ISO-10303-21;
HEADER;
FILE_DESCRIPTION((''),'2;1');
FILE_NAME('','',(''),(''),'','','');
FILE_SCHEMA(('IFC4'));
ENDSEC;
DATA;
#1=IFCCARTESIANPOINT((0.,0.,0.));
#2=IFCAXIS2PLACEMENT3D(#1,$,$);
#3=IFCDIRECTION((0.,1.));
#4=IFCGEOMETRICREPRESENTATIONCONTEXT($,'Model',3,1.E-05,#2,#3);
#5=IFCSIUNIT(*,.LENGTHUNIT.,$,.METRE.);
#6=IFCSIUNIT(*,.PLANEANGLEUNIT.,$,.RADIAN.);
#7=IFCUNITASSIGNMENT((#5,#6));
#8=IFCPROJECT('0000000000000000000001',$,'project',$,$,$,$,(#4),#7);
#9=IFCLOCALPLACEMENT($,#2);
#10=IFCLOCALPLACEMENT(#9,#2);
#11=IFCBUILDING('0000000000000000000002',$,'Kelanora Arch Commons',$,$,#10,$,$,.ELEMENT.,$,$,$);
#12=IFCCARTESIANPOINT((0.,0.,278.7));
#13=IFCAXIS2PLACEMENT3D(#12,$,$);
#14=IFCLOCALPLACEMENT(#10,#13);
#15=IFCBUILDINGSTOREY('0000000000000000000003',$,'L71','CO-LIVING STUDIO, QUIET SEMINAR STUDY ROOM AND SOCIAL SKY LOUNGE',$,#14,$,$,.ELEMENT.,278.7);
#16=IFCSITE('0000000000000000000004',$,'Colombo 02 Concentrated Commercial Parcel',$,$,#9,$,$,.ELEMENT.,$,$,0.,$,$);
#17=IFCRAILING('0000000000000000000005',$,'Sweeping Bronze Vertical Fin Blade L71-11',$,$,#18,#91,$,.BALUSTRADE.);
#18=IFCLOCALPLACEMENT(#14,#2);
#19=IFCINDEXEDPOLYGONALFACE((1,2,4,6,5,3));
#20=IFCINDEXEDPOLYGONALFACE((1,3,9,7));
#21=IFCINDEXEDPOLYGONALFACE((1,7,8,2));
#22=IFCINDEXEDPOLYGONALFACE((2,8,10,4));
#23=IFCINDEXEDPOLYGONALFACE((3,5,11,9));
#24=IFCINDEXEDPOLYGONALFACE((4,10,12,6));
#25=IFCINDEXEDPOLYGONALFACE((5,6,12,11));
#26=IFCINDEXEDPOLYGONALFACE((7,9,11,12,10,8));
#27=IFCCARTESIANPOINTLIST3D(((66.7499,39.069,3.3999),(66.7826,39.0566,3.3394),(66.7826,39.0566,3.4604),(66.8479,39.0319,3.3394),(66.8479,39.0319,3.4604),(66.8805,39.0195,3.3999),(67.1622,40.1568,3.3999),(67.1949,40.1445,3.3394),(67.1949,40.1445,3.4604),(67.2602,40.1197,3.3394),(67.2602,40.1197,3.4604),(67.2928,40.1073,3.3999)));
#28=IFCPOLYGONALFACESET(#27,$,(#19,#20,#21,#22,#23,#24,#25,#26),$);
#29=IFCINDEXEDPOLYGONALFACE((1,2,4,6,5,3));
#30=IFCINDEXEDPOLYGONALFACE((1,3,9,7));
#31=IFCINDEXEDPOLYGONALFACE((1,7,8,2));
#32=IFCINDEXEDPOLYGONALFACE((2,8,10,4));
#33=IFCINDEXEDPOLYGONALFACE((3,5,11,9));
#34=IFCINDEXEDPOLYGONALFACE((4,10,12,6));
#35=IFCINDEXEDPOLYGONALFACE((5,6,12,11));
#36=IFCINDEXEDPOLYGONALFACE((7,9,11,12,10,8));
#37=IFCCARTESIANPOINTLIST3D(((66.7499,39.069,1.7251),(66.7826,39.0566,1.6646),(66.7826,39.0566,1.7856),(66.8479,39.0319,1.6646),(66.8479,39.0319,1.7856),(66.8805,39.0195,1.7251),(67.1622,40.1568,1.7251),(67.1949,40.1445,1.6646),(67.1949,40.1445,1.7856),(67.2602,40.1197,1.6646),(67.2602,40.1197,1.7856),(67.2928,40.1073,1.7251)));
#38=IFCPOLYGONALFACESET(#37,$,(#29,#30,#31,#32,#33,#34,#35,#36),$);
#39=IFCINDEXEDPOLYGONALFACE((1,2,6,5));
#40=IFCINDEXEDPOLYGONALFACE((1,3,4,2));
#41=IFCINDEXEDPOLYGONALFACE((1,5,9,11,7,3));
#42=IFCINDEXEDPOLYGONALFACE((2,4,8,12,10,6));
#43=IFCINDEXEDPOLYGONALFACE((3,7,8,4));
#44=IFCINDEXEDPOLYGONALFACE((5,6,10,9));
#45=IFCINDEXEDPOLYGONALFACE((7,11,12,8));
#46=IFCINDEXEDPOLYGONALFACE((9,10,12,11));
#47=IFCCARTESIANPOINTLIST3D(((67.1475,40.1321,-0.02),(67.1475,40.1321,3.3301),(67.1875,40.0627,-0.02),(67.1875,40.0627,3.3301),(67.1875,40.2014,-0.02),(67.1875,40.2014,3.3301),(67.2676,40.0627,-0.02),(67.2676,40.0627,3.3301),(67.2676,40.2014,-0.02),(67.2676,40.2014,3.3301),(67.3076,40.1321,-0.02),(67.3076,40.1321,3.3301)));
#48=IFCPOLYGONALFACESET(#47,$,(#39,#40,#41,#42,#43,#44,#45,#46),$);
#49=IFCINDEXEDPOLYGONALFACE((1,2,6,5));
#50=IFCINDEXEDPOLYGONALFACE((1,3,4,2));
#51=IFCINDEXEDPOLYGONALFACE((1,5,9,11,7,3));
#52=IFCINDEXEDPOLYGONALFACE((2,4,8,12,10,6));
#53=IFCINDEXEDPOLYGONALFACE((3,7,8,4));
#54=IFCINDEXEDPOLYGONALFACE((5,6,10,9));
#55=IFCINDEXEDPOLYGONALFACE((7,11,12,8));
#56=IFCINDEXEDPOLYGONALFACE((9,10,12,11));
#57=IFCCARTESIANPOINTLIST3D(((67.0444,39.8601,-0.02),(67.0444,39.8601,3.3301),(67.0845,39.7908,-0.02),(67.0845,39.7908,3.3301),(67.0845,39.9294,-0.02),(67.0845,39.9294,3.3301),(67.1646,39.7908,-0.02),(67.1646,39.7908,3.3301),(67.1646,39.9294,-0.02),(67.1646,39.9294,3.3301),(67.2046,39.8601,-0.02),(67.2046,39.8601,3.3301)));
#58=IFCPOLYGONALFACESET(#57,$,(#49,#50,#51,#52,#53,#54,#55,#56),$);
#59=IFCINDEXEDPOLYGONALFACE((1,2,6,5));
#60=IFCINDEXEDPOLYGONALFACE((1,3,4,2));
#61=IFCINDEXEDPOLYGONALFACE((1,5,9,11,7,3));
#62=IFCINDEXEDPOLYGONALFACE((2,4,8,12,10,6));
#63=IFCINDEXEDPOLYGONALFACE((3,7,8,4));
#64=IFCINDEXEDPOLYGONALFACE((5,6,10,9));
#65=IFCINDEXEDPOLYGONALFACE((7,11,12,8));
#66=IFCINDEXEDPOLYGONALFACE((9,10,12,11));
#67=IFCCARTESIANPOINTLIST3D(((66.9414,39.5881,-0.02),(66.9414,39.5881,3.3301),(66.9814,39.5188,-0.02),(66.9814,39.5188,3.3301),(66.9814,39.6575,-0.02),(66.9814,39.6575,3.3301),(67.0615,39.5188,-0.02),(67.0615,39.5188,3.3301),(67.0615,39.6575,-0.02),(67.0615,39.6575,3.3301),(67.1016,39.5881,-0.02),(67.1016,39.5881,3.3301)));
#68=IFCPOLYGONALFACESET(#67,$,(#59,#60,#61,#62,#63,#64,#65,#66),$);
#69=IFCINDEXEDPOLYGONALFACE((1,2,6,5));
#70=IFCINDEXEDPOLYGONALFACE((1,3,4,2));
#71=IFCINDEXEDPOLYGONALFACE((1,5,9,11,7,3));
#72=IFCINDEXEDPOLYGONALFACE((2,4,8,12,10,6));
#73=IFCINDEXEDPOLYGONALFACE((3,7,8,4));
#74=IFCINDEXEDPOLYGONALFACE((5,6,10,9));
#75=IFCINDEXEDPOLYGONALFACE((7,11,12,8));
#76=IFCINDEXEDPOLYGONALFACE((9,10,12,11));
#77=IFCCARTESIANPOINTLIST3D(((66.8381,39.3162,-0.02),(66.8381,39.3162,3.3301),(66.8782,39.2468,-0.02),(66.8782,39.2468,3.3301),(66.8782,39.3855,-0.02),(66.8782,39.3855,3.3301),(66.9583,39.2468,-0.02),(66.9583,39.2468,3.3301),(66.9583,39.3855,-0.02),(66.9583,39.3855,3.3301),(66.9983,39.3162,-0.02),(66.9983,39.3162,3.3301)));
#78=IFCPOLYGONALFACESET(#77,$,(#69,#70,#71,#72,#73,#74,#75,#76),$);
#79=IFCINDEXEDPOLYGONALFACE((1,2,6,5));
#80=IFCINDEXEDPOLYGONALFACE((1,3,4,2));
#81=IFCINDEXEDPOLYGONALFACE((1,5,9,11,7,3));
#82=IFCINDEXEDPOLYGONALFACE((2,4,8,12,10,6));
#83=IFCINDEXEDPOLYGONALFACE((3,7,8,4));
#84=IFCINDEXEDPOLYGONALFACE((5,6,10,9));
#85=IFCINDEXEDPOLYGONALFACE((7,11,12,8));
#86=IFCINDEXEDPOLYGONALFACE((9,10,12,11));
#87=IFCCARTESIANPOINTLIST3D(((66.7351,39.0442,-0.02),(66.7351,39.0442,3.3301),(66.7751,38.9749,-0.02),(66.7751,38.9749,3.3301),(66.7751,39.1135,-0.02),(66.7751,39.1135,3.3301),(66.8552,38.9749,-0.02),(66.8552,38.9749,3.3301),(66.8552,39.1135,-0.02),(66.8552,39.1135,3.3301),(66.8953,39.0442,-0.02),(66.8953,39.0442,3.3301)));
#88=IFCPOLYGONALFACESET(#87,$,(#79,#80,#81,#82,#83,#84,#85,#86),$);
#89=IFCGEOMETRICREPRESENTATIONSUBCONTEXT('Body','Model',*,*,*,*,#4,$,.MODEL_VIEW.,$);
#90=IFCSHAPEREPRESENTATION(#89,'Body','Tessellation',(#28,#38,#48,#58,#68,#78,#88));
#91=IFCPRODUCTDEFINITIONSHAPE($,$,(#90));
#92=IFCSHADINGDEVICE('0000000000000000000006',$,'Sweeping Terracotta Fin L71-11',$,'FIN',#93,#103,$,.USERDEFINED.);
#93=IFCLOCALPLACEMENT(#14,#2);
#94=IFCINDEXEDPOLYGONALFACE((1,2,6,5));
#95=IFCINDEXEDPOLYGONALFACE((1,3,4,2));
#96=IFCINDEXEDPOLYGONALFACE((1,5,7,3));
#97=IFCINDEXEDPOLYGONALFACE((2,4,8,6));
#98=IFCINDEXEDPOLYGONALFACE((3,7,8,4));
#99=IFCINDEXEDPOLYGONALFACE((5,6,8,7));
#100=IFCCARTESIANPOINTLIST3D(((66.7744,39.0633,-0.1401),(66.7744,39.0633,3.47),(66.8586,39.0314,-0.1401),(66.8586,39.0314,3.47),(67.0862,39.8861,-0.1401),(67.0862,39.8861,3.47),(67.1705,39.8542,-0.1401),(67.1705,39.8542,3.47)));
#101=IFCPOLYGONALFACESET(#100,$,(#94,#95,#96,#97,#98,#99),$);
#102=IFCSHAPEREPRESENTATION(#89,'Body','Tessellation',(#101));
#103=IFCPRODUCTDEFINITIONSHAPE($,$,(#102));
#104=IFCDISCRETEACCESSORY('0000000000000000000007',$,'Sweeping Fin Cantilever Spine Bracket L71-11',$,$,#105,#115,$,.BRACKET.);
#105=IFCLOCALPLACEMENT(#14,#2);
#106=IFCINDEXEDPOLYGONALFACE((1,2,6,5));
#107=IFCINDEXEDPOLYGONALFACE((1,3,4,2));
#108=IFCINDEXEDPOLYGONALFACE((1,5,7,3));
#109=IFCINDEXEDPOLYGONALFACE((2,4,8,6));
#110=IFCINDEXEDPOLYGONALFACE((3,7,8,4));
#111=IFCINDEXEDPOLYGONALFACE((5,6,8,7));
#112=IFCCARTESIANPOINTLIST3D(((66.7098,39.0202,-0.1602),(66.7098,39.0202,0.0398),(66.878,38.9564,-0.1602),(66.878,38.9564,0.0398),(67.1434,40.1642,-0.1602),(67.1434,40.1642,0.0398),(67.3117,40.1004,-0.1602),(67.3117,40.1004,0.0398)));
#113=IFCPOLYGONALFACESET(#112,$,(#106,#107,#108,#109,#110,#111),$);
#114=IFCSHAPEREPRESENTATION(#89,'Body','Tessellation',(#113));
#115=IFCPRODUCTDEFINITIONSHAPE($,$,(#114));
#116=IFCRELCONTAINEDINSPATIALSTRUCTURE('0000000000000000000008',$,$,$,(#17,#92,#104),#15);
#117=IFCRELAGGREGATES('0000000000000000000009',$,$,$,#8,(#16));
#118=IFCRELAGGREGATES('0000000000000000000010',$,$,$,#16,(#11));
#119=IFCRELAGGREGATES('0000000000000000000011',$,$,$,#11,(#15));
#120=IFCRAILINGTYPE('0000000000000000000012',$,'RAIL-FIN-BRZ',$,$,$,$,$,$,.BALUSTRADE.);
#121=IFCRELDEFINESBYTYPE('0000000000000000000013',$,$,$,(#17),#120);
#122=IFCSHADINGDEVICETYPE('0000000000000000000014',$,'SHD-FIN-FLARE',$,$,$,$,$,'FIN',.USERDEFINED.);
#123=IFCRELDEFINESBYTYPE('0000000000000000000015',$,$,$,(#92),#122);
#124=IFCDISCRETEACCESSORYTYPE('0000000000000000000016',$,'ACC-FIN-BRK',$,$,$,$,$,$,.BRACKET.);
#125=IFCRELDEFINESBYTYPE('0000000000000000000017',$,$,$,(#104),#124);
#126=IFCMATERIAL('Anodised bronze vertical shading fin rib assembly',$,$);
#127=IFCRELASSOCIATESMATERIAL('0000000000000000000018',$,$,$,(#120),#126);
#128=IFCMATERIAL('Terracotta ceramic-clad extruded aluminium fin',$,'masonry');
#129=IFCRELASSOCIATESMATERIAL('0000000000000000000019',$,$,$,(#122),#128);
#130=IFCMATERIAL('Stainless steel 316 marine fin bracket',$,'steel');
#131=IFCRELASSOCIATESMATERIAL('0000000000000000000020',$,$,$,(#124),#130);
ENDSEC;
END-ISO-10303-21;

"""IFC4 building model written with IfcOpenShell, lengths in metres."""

from ifc_helpers import new_model, si_unit, direction, frame, origin, origin_2d, place, context, subcontext, project, spatial, polyline, rectangle, outline, extrude, source, transform, mapped, material, type_object, element, save


model = new_model("IFC4")

# Units and contexts
model_context = context("Model", 3, precision=1e-05, world=origin(), true_north=direction((0.0, 1.0)))
body_context = subcontext(model_context, "Body", "Model", "MODEL_VIEW")
ifc_project = project(units=[si_unit("LENGTHUNIT", "METRE"), si_unit("PLANEANGLEUNIT", "RADIAN")], contexts=[model_context])

# Site, building, storey
site_placement = place(None, origin())
site = spatial("IfcSite", under=ifc_project, at=site_placement, Name="Colombo 02 Concentrated Commercial Parcel", CompositionType="ELEMENT", RefElevation=0.0)
building_placement = place(site_placement, origin())
building = spatial("IfcBuilding", under=site, at=building_placement, Name="Kelanora Arch Commons", CompositionType="ELEMENT")
storey_placement = place(building_placement, frame((0.0, 0.0, 278.7)))
storey = spatial("IfcBuildingStorey", under=building, at=storey_placement, Name="L71", Description="CO-LIVING STUDIO, QUIET SEMINAR STUDY ROOM AND SOCIAL SKY LOUNGE", CompositionType="ELEMENT", Elevation=278.7)

# Railing
ifc_material_1 = material(Name="Anodised bronze vertical shading fin rib assembly")
railing_type = type_object("IfcRailingType", Name="RAIL-FIN-BRZ", PredefinedType="BALUSTRADE", material=ifc_material_1)
railing_placement = place(storey_placement, frame((67.2275, 40.1321, -0.02)))
element("IfcRailing", 1, at=railing_placement, inside=storey, type_object=railing_type, Name="Sweeping Bronze Vertical Fin Blade L71-11", PredefinedType="BALUSTRADE", context=body_context, shape_type="SweptSolid", body=[
    extrude(outline(polyline([(0.0698, 0.0), (0.0349, 0.0605), (-0.0349, 0.0605), (-0.0698, 0.0), (-0.0349, -0.0605), (0.0349, -0.0605), (0.0698, 0.0)])), frame((0.0, 0.0, 3.4199), z_axis=(-0.354433, -0.935081, 0.0), x_axis=(0.935081, -0.354433, 0.0)), (0.0, 0.0, 1.0), 1.1633),
    extrude(outline(polyline([(0.0698, 0.0), (0.0349, 0.0605), (-0.0349, 0.0605), (-0.0698, 0.0), (-0.0349, -0.0605), (0.0349, -0.0605), (0.0698, 0.0)])), frame((0.0, 0.0, 1.7451), z_axis=(-0.354433, -0.935081, 0.0), x_axis=(0.935081, -0.354433, 0.0)), (0.0, 0.0, 1.0), 1.1633),
    extrude(outline(polyline([(0.0801, 0.0), (0.04, 0.0693), (-0.04, 0.0693), (-0.0801, 0.0), (-0.04, -0.0693), (0.04, -0.0693), (0.0801, 0.0)])), origin(), (0.0, 0.0, 1.0), 3.3501),
    extrude(outline(polyline([(0.0801, 0.0), (0.04, 0.0693), (-0.04, 0.0693), (-0.0801, 0.0), (-0.04, -0.0693), (0.04, -0.0693), (0.0801, 0.0)])), frame((-0.103, -0.272, 0.0)), (0.0, 0.0, 1.0), 3.3501),
    extrude(outline(polyline([(0.0801, 0.0), (0.04, 0.0693), (-0.04, 0.0693), (-0.0801, 0.0), (-0.04, -0.0693), (0.04, -0.0693), (0.0801, 0.0)])), frame((-0.2061, -0.5439, 0.0)), (0.0, 0.0, 1.0), 3.3501),
    extrude(outline(polyline([(0.0801, 0.0), (0.04, 0.0693), (-0.04, 0.0693), (-0.0801, 0.0), (-0.04, -0.0693), (0.04, -0.0693), (0.0801, 0.0)])), frame((-0.3093, -0.8159, 0.0)), (0.0, 0.0, 1.0), 3.3501),
    extrude(outline(polyline([(0.0801, 0.0), (0.04, 0.0693), (-0.04, 0.0693), (-0.0801, 0.0), (-0.04, -0.0693), (0.04, -0.0693), (0.0801, 0.0)])), frame((-0.4124, -1.0879, 0.0)), (0.0, 0.0, 1.0), 3.3501),
])

# Shading device
ifc_material_2 = material(Name="Terracotta ceramic-clad extruded aluminium fin", Category="masonry")
shading_device_type = type_object("IfcShadingDeviceType", Name="SHD-FIN-FLARE", ElementType="FIN", PredefinedType="USERDEFINED", material=ifc_material_2)
shared_shape_1 = source(origin(), body_context, "Body", "SweptSolid", [
    extrude(rectangle(XDim=0.8799, YDim=0.0901, at=origin_2d()), origin(), (0.0, 0.0, 1.0), 3.6101),
])
shading_device_placement = place(storey_placement, frame((66.9724, 39.4587, -0.1401), z_axis=(0.0, 0.0, 1.0), x_axis=(-0.354454, -0.935073, 0.0)))
element("IfcShadingDevice", 2, at=shading_device_placement, inside=storey, type_object=shading_device_type, Name="Sweeping Terracotta Fin L71-11", ObjectType="FIN", PredefinedType="USERDEFINED", context=body_context, shape_type="MappedRepresentation", body=[
    mapped(shared_shape_1, transform((0.0, 0.0, 0.0), scale=1.0)),
])

# Discrete accessory
ifc_material_3 = material(Name="Stainless steel 316 marine fin bracket", Category="steel")
discrete_accessory_type = type_object("IfcDiscreteAccessoryType", Name="ACC-FIN-BRK", PredefinedType="BRACKET", material=ifc_material_3)
shared_shape_2 = source(origin(), body_context, "Body", "SweptSolid", [
    extrude(rectangle(XDim=1.2234, YDim=0.1799, at=origin_2d()), origin(), (0.0, 0.0, 1.0), 0.2),
])
discrete_accessory_placement = place(storey_placement, frame((67.0107, 39.5603, -0.1602), z_axis=(0.0, 0.0, 1.0), x_axis=(-0.354454, -0.935073, 0.0)))
element("IfcDiscreteAccessory", 3, at=discrete_accessory_placement, inside=storey, type_object=discrete_accessory_type, Name="Sweeping Fin Cantilever Spine Bracket L71-11", PredefinedType="BRACKET", context=body_context, shape_type="MappedRepresentation", body=[
    mapped(shared_shape_2, transform((0.0, 0.0, 0.0), scale=1.0)),
])

save(model, "model.ifc")
